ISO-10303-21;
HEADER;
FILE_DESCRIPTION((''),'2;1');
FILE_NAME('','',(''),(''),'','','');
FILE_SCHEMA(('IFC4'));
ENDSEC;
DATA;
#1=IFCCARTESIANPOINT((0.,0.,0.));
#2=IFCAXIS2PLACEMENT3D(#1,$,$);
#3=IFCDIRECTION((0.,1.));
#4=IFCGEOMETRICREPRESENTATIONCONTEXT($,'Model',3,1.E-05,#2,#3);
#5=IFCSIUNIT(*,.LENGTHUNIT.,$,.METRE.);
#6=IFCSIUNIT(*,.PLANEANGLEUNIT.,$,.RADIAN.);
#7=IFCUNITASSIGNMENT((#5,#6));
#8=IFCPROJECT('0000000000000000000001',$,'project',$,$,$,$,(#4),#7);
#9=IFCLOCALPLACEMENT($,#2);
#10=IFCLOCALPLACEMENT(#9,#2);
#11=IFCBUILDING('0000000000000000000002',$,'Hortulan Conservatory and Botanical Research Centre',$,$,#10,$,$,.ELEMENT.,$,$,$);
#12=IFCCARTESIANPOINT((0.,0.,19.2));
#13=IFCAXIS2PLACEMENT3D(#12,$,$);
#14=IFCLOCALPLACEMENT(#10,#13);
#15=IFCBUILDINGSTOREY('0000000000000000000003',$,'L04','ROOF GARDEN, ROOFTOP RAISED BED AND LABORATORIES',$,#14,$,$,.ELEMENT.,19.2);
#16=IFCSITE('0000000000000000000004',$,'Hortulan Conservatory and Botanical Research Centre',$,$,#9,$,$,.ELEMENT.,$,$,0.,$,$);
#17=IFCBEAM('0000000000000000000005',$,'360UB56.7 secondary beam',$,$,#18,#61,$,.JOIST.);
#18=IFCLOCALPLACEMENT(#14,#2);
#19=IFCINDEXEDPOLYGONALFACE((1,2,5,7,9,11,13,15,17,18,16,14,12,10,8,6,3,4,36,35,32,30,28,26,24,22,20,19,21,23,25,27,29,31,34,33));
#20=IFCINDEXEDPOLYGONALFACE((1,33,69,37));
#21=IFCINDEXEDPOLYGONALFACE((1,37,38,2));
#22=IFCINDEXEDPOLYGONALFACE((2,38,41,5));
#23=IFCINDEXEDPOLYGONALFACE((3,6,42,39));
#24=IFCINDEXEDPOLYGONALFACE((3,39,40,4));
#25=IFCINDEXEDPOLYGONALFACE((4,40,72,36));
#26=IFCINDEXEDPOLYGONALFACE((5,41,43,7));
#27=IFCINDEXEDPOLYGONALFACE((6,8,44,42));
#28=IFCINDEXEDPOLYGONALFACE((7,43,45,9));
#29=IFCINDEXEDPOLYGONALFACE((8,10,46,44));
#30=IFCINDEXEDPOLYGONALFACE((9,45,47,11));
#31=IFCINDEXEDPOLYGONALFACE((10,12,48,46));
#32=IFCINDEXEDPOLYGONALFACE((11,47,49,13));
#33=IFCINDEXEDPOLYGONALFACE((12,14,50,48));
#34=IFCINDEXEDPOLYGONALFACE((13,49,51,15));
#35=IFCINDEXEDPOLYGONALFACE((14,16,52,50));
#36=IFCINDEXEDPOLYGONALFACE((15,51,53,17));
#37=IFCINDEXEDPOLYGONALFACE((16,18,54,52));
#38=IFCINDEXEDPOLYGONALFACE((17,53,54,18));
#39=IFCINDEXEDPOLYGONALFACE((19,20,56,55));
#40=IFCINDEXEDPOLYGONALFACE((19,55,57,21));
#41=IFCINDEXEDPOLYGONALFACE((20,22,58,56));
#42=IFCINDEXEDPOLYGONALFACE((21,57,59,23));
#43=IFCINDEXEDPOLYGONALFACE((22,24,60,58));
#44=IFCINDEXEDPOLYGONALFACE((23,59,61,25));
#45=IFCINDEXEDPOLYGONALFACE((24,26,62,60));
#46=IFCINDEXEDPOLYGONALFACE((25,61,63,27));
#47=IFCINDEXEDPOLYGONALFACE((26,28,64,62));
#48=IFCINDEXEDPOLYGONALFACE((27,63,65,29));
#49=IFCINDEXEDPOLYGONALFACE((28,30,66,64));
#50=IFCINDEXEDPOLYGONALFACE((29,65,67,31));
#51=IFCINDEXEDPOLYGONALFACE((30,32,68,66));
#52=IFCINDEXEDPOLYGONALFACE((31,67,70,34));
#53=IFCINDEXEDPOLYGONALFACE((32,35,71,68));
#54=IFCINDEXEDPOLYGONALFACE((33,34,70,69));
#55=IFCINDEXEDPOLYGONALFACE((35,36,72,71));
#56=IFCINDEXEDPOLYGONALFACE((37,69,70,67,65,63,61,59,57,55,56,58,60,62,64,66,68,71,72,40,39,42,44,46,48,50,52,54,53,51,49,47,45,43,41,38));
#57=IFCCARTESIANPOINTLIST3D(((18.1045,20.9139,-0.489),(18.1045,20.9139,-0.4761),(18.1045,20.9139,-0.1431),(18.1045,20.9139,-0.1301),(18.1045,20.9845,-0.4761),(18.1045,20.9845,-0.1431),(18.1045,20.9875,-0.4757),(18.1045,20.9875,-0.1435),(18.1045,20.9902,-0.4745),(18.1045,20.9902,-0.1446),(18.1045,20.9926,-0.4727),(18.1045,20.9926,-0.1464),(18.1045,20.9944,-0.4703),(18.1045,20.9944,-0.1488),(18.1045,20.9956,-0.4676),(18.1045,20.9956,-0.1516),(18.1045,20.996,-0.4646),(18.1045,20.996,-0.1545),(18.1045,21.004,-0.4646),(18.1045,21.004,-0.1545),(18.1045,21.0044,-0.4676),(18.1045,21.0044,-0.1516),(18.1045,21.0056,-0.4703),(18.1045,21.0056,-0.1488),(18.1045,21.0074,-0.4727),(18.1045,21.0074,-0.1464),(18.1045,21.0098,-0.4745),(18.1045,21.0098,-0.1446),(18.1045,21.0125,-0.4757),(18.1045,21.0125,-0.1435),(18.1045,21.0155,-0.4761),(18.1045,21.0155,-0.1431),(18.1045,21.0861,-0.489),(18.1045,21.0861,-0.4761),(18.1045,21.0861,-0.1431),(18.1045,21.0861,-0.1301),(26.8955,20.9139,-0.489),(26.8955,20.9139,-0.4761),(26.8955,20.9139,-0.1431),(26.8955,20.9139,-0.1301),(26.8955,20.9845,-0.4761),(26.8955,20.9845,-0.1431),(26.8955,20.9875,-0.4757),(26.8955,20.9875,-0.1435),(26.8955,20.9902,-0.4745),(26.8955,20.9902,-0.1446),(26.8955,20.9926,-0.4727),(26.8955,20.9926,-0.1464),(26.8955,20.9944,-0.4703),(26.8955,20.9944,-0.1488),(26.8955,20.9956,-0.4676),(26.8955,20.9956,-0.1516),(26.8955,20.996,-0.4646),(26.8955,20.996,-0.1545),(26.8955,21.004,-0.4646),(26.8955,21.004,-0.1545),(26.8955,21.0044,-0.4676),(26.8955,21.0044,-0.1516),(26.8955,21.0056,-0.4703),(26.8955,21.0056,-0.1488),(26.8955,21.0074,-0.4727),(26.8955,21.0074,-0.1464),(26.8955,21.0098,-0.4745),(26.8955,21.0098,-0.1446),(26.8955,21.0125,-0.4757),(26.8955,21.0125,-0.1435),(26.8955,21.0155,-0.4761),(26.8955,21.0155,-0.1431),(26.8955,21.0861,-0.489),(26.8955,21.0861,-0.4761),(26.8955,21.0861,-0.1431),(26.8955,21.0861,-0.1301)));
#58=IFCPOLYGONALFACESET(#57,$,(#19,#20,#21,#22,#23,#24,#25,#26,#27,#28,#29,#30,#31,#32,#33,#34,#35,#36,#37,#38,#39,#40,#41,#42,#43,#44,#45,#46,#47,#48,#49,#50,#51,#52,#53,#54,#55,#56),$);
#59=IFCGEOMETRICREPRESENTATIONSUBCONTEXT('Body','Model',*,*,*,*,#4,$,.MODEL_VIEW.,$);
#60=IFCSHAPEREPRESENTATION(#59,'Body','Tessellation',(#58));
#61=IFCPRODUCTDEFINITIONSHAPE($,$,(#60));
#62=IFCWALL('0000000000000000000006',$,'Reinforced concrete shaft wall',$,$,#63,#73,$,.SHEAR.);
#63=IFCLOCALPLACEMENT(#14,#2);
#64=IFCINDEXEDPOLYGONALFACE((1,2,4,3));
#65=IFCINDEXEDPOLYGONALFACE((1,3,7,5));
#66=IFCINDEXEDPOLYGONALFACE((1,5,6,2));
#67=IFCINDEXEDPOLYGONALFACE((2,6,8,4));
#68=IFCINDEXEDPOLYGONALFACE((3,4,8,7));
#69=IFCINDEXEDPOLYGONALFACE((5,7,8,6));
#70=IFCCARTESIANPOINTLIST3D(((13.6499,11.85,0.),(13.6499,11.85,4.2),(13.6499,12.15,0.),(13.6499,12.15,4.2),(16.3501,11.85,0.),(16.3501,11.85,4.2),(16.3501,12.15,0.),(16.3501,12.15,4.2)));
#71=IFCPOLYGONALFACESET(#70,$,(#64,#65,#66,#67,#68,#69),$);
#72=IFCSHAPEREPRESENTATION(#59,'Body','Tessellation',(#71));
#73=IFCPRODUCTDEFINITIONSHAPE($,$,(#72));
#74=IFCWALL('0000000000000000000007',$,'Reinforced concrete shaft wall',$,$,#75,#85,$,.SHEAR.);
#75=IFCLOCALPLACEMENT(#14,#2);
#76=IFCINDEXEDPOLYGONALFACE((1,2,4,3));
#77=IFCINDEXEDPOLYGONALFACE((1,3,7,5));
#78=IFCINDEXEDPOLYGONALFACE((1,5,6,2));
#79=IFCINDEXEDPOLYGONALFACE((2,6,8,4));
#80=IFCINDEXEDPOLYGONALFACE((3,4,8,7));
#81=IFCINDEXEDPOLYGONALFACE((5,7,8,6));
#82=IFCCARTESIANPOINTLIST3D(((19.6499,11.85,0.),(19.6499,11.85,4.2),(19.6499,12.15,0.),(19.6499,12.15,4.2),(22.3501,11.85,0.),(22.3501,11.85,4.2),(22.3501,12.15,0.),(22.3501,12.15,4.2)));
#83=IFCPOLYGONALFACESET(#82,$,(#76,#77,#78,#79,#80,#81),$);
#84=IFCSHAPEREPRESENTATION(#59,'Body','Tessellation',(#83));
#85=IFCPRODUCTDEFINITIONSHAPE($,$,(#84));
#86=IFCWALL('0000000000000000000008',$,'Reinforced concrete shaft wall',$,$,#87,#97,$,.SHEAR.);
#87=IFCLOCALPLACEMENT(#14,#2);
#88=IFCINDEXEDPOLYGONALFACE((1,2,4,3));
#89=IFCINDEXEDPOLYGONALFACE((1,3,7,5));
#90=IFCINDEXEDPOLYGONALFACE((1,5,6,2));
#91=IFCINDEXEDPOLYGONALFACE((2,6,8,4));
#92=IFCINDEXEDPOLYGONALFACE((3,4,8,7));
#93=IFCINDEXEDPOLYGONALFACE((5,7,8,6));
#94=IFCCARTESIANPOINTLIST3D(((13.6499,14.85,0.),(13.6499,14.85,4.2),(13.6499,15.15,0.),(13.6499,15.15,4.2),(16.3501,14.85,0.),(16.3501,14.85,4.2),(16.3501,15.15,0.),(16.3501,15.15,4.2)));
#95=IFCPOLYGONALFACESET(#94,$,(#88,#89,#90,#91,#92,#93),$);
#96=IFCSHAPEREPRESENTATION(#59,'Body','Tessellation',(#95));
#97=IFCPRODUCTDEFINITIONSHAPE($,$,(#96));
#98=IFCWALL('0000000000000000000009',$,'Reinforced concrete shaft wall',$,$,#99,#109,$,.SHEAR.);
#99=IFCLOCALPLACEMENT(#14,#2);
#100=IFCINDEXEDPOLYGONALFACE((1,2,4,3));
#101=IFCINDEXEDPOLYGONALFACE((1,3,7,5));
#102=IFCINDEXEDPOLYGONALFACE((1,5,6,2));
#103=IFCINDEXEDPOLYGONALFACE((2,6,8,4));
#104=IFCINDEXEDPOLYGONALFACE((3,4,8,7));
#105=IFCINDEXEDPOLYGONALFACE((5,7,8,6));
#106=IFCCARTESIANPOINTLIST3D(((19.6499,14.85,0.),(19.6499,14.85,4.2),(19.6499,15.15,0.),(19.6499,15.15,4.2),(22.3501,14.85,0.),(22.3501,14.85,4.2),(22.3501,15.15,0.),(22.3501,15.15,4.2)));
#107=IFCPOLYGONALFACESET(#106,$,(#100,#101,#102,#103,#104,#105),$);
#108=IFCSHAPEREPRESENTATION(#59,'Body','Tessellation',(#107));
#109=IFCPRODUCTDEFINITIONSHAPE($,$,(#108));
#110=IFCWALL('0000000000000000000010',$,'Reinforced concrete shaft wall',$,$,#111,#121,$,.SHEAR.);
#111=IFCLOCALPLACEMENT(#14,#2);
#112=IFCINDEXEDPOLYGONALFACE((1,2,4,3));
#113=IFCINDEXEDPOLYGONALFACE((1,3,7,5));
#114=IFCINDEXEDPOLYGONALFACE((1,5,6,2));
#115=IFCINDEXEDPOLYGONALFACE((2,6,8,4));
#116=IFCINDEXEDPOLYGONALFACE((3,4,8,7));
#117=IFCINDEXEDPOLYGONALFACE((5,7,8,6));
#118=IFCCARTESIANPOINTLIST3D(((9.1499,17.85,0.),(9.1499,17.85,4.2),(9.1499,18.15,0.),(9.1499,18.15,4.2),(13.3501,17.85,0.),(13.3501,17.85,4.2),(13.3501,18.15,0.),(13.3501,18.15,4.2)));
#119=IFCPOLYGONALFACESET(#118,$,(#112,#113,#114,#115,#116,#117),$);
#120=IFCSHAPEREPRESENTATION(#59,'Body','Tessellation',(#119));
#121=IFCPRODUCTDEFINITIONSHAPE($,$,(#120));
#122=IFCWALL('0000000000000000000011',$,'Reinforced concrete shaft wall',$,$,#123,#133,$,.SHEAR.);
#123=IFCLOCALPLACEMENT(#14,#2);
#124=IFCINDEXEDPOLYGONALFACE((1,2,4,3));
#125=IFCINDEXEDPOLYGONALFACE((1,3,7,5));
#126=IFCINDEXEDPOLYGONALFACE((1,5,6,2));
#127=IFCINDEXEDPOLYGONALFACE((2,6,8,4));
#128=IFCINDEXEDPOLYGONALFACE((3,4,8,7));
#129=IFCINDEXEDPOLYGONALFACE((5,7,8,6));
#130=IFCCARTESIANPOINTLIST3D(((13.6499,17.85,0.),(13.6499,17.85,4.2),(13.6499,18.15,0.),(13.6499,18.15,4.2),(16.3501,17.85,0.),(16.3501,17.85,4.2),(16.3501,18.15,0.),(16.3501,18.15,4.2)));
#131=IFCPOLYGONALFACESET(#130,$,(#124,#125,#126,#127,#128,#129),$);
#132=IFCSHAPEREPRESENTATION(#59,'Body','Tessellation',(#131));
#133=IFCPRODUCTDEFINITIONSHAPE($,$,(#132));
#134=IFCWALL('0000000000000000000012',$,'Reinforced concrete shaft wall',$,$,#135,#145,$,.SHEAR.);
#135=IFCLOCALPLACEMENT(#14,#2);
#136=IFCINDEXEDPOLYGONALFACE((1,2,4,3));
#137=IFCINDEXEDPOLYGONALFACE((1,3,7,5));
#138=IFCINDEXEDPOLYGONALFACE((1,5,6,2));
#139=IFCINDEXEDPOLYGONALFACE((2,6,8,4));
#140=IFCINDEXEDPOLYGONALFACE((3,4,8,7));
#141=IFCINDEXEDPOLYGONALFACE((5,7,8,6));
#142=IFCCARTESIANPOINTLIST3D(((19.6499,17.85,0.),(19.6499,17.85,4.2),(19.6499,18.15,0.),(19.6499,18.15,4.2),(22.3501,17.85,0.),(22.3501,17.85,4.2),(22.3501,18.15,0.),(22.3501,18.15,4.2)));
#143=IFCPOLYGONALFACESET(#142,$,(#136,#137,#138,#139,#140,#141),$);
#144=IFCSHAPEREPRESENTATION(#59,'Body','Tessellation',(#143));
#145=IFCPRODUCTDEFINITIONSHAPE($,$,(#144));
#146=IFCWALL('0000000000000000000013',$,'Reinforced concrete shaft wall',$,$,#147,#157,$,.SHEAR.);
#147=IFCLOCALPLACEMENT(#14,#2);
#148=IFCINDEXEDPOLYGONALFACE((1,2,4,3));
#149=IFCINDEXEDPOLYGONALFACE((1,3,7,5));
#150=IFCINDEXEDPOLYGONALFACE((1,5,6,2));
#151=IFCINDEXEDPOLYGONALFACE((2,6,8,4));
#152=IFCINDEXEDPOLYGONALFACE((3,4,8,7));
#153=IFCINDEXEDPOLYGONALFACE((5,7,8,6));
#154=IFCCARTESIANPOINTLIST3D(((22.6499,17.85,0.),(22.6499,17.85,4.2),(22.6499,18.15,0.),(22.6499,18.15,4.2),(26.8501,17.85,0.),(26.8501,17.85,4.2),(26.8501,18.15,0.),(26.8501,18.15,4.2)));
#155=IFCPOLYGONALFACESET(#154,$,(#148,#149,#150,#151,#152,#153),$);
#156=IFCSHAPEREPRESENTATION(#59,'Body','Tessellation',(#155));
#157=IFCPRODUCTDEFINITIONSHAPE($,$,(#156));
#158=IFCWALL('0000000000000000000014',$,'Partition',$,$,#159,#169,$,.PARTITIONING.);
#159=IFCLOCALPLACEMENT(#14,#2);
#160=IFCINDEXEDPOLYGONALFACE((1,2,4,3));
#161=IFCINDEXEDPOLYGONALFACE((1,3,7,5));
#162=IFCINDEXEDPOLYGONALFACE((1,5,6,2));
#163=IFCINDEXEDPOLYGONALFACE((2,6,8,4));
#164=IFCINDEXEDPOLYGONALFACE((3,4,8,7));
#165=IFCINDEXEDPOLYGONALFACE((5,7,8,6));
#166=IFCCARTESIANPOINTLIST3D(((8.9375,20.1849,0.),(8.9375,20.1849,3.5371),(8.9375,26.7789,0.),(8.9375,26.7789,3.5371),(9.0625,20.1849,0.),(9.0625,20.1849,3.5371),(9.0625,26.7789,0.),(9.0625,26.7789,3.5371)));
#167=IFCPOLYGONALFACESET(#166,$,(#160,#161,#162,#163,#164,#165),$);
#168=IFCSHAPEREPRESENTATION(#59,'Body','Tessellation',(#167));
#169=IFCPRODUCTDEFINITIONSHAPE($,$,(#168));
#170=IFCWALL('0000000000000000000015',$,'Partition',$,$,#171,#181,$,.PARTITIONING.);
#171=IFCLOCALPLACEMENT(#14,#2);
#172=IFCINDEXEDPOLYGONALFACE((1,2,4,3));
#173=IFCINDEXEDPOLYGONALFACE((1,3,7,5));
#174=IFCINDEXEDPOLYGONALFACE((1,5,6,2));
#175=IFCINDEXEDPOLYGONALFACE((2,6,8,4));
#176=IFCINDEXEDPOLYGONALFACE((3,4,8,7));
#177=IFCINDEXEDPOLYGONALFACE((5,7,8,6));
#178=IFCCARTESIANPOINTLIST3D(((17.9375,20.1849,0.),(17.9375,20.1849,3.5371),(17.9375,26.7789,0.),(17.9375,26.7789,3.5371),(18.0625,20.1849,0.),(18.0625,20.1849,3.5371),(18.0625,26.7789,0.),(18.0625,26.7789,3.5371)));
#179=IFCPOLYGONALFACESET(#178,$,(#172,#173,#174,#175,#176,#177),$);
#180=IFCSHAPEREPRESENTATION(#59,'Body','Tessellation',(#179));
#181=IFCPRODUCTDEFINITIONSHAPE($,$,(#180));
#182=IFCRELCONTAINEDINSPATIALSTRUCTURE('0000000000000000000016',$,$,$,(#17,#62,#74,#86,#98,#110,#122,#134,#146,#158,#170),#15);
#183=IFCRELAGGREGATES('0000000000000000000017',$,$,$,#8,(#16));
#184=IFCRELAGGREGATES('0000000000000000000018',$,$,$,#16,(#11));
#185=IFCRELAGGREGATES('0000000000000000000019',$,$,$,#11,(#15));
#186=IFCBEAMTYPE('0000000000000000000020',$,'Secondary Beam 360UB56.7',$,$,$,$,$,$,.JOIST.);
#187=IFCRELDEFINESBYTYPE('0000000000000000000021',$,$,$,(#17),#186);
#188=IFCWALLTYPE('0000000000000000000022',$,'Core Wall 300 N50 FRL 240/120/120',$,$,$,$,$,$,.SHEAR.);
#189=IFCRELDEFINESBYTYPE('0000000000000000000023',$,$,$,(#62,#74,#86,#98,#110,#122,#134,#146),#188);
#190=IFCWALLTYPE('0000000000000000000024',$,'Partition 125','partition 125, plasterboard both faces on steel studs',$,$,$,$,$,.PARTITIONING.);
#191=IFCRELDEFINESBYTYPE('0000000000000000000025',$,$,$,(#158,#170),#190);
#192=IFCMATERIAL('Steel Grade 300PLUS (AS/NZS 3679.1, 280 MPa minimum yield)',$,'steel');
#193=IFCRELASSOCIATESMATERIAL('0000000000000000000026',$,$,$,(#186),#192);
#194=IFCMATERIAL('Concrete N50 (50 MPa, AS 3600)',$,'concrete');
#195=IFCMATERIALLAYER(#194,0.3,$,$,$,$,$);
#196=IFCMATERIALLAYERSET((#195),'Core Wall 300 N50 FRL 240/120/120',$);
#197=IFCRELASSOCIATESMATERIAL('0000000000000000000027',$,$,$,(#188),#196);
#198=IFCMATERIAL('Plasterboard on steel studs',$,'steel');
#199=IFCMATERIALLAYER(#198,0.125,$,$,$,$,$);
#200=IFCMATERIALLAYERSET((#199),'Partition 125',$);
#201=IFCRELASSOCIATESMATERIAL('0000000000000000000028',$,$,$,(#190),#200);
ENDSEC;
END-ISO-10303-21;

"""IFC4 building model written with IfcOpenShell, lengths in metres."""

from ifc_helpers import new_model, si_unit, direction, frame, frame_2d, origin, origin_2d, place, context, subcontext, project, spatial, rectangle, i_section, extrude, material, layer, layer_set, material_profile, profile_set, type_object, element, save


model = new_model("IFC4")

# Units and contexts
model_context = context("Model", 3, precision=1e-05, world=origin(), true_north=direction((0.0, 1.0)))
body_context = subcontext(model_context, "Body", "Model", "MODEL_VIEW")
ifc_project = project(units=[si_unit("LENGTHUNIT", "METRE"), si_unit("PLANEANGLEUNIT", "RADIAN")], contexts=[model_context])

# Site, building, storey
site_placement = place(None, origin())
site = spatial("IfcSite", under=ifc_project, at=site_placement, Name="Hortulan Conservatory and Botanical Research Centre", CompositionType="ELEMENT", RefElevation=0.0)
building_placement = place(site_placement, origin())
building = spatial("IfcBuilding", under=site, at=building_placement, Name="Hortulan Conservatory and Botanical Research Centre", CompositionType="ELEMENT")
storey_placement = place(building_placement, frame((0.0, 0.0, 19.2)))
storey = spatial("IfcBuildingStorey", under=building, at=storey_placement, Name="L04", Description="ROOF GARDEN, ROOFTOP RAISED BED AND LABORATORIES", CompositionType="ELEMENT", Elevation=19.2)

# Beam
ifc_material_1 = material(Name="Steel Grade 300PLUS (AS/NZS 3679.1, 280 MPa minimum yield)", Category="steel")
ifc_material_profile_1 = material_profile(ifc_material_1, i_section(OverallWidth=0.1721, OverallDepth=0.3589, WebThickness=0.0081, FlangeThickness=0.0129, FilletRadius=0.0115, at=origin_2d()), Name="360UB56.7")
ifc_profile_set_1 = profile_set([ifc_material_profile_1], Name="Steel Grade 300PLUS (AS/NZS 3679.1, 280 MPa minimum yield)")
beam_type_1 = type_object("IfcBeamType", Name="Secondary Beam 360UB56.7", PredefinedType="JOIST", material=ifc_profile_set_1)
for number, where, z_axis, x_axis, name in (
    (1, (18.1045, 21.0, -0.3096), (1.0, 0.0, 0.0), (0.0, 1.0, 0.0), "360UB56.7 secondary beam"),
):
    element("IfcBeam", number, at=place(storey_placement, frame(where, z_axis=z_axis, x_axis=x_axis)), inside=storey, type_object=beam_type_1, Name=name, PredefinedType="JOIST", context=body_context, shape_type="SweptSolid", body=[
        extrude(i_section(OverallWidth=0.1721, OverallDepth=0.3589, WebThickness=0.0081, FlangeThickness=0.0129, FilletRadius=0.0115, at=origin_2d()), origin(), (0.0, 0.0, 1.0), 8.791),
    ])

# Walls
ifc_material_2 = material(Name="Concrete N50 (50 MPa, AS 3600)", Category="concrete")
ifc_layer_1 = layer(ifc_material_2, 0.3)
ifc_layer_set_1 = layer_set([ifc_layer_1], Name="Core Wall 300 N50 FRL 240/120/120")
wall_type_1 = type_object("IfcWallType", Name="Core Wall 300 N50 FRL 240/120/120", PredefinedType="SHEAR", material=ifc_layer_set_1)
for number, where, z_axis, x_axis, name in (
    (2, (13.6499, 12.0, 0.0), (0.0, 0.0, 1.0), (1.0, 0.0, 0.0), "Reinforced concrete shaft wall"),
    (3, (19.6499, 12.0, 0.0), (0.0, 0.0, 1.0), (1.0, 0.0, 0.0), "Reinforced concrete shaft wall"),
    (4, (13.6499, 15.0, 0.0), (0.0, 0.0, 1.0), (1.0, 0.0, 0.0), "Reinforced concrete shaft wall"),
    (5, (19.6499, 15.0, 0.0), (0.0, 0.0, 1.0), (1.0, 0.0, 0.0), "Reinforced concrete shaft wall"),
):
    element("IfcWall", number, at=place(storey_placement, frame(where, z_axis=z_axis, x_axis=x_axis)), inside=storey, type_object=wall_type_1, Name=name, PredefinedType="SHEAR", context=body_context, shape_type="SweptSolid", body=[
        extrude(rectangle(XDim=2.7002, YDim=0.3, at=frame_2d((1.3501, 0.0))), origin(), (0.0, 0.0, 1.0), 4.2),
    ])
wall_1_placement = place(storey_placement, frame((9.1499, 18.0, 0.0), z_axis=(0.0, 0.0, 1.0), x_axis=(1.0, 0.0, 0.0)))
element("IfcWall", 6, at=wall_1_placement, inside=storey, type_object=wall_type_1, Name="Reinforced concrete shaft wall", PredefinedType="SHEAR", context=body_context, shape_type="SweptSolid", body=[
    extrude(rectangle(XDim=4.2002, YDim=0.3, at=frame_2d((2.1001, 0.0))), origin(), (0.0, 0.0, 1.0), 4.2),
])
for number, where, z_axis, x_axis, name in (
    (7, (13.6499, 18.0, 0.0), (0.0, 0.0, 1.0), (1.0, 0.0, 0.0), "Reinforced concrete shaft wall"),
    (8, (19.6499, 18.0, 0.0), (0.0, 0.0, 1.0), (1.0, 0.0, 0.0), "Reinforced concrete shaft wall"),
):
    element("IfcWall", number, at=place(storey_placement, frame(where, z_axis=z_axis, x_axis=x_axis)), inside=storey, type_object=wall_type_1, Name=name, PredefinedType="SHEAR", context=body_context, shape_type="SweptSolid", body=[
        extrude(rectangle(XDim=2.7002, YDim=0.3, at=frame_2d((1.3501, 0.0))), origin(), (0.0, 0.0, 1.0), 4.2),
    ])
wall_2_placement = place(storey_placement, frame((22.6499, 18.0, 0.0), z_axis=(0.0, 0.0, 1.0), x_axis=(1.0, 0.0, 0.0)))
element("IfcWall", 9, at=wall_2_placement, inside=storey, type_object=wall_type_1, Name="Reinforced concrete shaft wall", PredefinedType="SHEAR", context=body_context, shape_type="SweptSolid", body=[
    extrude(rectangle(XDim=4.2002, YDim=0.3, at=frame_2d((2.1001, 0.0))), origin(), (0.0, 0.0, 1.0), 4.2),
])
ifc_material_3 = material(Name="Plasterboard on steel studs", Category="steel")
ifc_layer_2 = layer(ifc_material_3, 0.125)
ifc_layer_set_2 = layer_set([ifc_layer_2], Name="Partition 125")
wall_type_2 = type_object("IfcWallType", Name="Partition 125", Description="partition 125, plasterboard both faces on steel studs", PredefinedType="PARTITIONING", material=ifc_layer_set_2)
for number, where, z_axis, x_axis, name in (
    (10, (9.0, 20.1851, 0.0), (0.0, 0.0, 1.0), (0.0, 1.0, 0.0), "Partition"),
    (11, (18.0, 20.1851, 0.0), (0.0, 0.0, 1.0), (0.0, 1.0, 0.0), "Partition"),
):
    element("IfcWall", number, at=place(storey_placement, frame(where, z_axis=z_axis, x_axis=x_axis)), inside=storey, type_object=wall_type_2, Name=name, PredefinedType="PARTITIONING", context=body_context, shape_type="SweptSolid", body=[
        extrude(rectangle(XDim=6.594, YDim=0.125, at=frame_2d((3.2969, 0.0))), origin(), (0.0, 0.0, 1.0), 3.5371),
    ])

save(model, "model.ifc")
